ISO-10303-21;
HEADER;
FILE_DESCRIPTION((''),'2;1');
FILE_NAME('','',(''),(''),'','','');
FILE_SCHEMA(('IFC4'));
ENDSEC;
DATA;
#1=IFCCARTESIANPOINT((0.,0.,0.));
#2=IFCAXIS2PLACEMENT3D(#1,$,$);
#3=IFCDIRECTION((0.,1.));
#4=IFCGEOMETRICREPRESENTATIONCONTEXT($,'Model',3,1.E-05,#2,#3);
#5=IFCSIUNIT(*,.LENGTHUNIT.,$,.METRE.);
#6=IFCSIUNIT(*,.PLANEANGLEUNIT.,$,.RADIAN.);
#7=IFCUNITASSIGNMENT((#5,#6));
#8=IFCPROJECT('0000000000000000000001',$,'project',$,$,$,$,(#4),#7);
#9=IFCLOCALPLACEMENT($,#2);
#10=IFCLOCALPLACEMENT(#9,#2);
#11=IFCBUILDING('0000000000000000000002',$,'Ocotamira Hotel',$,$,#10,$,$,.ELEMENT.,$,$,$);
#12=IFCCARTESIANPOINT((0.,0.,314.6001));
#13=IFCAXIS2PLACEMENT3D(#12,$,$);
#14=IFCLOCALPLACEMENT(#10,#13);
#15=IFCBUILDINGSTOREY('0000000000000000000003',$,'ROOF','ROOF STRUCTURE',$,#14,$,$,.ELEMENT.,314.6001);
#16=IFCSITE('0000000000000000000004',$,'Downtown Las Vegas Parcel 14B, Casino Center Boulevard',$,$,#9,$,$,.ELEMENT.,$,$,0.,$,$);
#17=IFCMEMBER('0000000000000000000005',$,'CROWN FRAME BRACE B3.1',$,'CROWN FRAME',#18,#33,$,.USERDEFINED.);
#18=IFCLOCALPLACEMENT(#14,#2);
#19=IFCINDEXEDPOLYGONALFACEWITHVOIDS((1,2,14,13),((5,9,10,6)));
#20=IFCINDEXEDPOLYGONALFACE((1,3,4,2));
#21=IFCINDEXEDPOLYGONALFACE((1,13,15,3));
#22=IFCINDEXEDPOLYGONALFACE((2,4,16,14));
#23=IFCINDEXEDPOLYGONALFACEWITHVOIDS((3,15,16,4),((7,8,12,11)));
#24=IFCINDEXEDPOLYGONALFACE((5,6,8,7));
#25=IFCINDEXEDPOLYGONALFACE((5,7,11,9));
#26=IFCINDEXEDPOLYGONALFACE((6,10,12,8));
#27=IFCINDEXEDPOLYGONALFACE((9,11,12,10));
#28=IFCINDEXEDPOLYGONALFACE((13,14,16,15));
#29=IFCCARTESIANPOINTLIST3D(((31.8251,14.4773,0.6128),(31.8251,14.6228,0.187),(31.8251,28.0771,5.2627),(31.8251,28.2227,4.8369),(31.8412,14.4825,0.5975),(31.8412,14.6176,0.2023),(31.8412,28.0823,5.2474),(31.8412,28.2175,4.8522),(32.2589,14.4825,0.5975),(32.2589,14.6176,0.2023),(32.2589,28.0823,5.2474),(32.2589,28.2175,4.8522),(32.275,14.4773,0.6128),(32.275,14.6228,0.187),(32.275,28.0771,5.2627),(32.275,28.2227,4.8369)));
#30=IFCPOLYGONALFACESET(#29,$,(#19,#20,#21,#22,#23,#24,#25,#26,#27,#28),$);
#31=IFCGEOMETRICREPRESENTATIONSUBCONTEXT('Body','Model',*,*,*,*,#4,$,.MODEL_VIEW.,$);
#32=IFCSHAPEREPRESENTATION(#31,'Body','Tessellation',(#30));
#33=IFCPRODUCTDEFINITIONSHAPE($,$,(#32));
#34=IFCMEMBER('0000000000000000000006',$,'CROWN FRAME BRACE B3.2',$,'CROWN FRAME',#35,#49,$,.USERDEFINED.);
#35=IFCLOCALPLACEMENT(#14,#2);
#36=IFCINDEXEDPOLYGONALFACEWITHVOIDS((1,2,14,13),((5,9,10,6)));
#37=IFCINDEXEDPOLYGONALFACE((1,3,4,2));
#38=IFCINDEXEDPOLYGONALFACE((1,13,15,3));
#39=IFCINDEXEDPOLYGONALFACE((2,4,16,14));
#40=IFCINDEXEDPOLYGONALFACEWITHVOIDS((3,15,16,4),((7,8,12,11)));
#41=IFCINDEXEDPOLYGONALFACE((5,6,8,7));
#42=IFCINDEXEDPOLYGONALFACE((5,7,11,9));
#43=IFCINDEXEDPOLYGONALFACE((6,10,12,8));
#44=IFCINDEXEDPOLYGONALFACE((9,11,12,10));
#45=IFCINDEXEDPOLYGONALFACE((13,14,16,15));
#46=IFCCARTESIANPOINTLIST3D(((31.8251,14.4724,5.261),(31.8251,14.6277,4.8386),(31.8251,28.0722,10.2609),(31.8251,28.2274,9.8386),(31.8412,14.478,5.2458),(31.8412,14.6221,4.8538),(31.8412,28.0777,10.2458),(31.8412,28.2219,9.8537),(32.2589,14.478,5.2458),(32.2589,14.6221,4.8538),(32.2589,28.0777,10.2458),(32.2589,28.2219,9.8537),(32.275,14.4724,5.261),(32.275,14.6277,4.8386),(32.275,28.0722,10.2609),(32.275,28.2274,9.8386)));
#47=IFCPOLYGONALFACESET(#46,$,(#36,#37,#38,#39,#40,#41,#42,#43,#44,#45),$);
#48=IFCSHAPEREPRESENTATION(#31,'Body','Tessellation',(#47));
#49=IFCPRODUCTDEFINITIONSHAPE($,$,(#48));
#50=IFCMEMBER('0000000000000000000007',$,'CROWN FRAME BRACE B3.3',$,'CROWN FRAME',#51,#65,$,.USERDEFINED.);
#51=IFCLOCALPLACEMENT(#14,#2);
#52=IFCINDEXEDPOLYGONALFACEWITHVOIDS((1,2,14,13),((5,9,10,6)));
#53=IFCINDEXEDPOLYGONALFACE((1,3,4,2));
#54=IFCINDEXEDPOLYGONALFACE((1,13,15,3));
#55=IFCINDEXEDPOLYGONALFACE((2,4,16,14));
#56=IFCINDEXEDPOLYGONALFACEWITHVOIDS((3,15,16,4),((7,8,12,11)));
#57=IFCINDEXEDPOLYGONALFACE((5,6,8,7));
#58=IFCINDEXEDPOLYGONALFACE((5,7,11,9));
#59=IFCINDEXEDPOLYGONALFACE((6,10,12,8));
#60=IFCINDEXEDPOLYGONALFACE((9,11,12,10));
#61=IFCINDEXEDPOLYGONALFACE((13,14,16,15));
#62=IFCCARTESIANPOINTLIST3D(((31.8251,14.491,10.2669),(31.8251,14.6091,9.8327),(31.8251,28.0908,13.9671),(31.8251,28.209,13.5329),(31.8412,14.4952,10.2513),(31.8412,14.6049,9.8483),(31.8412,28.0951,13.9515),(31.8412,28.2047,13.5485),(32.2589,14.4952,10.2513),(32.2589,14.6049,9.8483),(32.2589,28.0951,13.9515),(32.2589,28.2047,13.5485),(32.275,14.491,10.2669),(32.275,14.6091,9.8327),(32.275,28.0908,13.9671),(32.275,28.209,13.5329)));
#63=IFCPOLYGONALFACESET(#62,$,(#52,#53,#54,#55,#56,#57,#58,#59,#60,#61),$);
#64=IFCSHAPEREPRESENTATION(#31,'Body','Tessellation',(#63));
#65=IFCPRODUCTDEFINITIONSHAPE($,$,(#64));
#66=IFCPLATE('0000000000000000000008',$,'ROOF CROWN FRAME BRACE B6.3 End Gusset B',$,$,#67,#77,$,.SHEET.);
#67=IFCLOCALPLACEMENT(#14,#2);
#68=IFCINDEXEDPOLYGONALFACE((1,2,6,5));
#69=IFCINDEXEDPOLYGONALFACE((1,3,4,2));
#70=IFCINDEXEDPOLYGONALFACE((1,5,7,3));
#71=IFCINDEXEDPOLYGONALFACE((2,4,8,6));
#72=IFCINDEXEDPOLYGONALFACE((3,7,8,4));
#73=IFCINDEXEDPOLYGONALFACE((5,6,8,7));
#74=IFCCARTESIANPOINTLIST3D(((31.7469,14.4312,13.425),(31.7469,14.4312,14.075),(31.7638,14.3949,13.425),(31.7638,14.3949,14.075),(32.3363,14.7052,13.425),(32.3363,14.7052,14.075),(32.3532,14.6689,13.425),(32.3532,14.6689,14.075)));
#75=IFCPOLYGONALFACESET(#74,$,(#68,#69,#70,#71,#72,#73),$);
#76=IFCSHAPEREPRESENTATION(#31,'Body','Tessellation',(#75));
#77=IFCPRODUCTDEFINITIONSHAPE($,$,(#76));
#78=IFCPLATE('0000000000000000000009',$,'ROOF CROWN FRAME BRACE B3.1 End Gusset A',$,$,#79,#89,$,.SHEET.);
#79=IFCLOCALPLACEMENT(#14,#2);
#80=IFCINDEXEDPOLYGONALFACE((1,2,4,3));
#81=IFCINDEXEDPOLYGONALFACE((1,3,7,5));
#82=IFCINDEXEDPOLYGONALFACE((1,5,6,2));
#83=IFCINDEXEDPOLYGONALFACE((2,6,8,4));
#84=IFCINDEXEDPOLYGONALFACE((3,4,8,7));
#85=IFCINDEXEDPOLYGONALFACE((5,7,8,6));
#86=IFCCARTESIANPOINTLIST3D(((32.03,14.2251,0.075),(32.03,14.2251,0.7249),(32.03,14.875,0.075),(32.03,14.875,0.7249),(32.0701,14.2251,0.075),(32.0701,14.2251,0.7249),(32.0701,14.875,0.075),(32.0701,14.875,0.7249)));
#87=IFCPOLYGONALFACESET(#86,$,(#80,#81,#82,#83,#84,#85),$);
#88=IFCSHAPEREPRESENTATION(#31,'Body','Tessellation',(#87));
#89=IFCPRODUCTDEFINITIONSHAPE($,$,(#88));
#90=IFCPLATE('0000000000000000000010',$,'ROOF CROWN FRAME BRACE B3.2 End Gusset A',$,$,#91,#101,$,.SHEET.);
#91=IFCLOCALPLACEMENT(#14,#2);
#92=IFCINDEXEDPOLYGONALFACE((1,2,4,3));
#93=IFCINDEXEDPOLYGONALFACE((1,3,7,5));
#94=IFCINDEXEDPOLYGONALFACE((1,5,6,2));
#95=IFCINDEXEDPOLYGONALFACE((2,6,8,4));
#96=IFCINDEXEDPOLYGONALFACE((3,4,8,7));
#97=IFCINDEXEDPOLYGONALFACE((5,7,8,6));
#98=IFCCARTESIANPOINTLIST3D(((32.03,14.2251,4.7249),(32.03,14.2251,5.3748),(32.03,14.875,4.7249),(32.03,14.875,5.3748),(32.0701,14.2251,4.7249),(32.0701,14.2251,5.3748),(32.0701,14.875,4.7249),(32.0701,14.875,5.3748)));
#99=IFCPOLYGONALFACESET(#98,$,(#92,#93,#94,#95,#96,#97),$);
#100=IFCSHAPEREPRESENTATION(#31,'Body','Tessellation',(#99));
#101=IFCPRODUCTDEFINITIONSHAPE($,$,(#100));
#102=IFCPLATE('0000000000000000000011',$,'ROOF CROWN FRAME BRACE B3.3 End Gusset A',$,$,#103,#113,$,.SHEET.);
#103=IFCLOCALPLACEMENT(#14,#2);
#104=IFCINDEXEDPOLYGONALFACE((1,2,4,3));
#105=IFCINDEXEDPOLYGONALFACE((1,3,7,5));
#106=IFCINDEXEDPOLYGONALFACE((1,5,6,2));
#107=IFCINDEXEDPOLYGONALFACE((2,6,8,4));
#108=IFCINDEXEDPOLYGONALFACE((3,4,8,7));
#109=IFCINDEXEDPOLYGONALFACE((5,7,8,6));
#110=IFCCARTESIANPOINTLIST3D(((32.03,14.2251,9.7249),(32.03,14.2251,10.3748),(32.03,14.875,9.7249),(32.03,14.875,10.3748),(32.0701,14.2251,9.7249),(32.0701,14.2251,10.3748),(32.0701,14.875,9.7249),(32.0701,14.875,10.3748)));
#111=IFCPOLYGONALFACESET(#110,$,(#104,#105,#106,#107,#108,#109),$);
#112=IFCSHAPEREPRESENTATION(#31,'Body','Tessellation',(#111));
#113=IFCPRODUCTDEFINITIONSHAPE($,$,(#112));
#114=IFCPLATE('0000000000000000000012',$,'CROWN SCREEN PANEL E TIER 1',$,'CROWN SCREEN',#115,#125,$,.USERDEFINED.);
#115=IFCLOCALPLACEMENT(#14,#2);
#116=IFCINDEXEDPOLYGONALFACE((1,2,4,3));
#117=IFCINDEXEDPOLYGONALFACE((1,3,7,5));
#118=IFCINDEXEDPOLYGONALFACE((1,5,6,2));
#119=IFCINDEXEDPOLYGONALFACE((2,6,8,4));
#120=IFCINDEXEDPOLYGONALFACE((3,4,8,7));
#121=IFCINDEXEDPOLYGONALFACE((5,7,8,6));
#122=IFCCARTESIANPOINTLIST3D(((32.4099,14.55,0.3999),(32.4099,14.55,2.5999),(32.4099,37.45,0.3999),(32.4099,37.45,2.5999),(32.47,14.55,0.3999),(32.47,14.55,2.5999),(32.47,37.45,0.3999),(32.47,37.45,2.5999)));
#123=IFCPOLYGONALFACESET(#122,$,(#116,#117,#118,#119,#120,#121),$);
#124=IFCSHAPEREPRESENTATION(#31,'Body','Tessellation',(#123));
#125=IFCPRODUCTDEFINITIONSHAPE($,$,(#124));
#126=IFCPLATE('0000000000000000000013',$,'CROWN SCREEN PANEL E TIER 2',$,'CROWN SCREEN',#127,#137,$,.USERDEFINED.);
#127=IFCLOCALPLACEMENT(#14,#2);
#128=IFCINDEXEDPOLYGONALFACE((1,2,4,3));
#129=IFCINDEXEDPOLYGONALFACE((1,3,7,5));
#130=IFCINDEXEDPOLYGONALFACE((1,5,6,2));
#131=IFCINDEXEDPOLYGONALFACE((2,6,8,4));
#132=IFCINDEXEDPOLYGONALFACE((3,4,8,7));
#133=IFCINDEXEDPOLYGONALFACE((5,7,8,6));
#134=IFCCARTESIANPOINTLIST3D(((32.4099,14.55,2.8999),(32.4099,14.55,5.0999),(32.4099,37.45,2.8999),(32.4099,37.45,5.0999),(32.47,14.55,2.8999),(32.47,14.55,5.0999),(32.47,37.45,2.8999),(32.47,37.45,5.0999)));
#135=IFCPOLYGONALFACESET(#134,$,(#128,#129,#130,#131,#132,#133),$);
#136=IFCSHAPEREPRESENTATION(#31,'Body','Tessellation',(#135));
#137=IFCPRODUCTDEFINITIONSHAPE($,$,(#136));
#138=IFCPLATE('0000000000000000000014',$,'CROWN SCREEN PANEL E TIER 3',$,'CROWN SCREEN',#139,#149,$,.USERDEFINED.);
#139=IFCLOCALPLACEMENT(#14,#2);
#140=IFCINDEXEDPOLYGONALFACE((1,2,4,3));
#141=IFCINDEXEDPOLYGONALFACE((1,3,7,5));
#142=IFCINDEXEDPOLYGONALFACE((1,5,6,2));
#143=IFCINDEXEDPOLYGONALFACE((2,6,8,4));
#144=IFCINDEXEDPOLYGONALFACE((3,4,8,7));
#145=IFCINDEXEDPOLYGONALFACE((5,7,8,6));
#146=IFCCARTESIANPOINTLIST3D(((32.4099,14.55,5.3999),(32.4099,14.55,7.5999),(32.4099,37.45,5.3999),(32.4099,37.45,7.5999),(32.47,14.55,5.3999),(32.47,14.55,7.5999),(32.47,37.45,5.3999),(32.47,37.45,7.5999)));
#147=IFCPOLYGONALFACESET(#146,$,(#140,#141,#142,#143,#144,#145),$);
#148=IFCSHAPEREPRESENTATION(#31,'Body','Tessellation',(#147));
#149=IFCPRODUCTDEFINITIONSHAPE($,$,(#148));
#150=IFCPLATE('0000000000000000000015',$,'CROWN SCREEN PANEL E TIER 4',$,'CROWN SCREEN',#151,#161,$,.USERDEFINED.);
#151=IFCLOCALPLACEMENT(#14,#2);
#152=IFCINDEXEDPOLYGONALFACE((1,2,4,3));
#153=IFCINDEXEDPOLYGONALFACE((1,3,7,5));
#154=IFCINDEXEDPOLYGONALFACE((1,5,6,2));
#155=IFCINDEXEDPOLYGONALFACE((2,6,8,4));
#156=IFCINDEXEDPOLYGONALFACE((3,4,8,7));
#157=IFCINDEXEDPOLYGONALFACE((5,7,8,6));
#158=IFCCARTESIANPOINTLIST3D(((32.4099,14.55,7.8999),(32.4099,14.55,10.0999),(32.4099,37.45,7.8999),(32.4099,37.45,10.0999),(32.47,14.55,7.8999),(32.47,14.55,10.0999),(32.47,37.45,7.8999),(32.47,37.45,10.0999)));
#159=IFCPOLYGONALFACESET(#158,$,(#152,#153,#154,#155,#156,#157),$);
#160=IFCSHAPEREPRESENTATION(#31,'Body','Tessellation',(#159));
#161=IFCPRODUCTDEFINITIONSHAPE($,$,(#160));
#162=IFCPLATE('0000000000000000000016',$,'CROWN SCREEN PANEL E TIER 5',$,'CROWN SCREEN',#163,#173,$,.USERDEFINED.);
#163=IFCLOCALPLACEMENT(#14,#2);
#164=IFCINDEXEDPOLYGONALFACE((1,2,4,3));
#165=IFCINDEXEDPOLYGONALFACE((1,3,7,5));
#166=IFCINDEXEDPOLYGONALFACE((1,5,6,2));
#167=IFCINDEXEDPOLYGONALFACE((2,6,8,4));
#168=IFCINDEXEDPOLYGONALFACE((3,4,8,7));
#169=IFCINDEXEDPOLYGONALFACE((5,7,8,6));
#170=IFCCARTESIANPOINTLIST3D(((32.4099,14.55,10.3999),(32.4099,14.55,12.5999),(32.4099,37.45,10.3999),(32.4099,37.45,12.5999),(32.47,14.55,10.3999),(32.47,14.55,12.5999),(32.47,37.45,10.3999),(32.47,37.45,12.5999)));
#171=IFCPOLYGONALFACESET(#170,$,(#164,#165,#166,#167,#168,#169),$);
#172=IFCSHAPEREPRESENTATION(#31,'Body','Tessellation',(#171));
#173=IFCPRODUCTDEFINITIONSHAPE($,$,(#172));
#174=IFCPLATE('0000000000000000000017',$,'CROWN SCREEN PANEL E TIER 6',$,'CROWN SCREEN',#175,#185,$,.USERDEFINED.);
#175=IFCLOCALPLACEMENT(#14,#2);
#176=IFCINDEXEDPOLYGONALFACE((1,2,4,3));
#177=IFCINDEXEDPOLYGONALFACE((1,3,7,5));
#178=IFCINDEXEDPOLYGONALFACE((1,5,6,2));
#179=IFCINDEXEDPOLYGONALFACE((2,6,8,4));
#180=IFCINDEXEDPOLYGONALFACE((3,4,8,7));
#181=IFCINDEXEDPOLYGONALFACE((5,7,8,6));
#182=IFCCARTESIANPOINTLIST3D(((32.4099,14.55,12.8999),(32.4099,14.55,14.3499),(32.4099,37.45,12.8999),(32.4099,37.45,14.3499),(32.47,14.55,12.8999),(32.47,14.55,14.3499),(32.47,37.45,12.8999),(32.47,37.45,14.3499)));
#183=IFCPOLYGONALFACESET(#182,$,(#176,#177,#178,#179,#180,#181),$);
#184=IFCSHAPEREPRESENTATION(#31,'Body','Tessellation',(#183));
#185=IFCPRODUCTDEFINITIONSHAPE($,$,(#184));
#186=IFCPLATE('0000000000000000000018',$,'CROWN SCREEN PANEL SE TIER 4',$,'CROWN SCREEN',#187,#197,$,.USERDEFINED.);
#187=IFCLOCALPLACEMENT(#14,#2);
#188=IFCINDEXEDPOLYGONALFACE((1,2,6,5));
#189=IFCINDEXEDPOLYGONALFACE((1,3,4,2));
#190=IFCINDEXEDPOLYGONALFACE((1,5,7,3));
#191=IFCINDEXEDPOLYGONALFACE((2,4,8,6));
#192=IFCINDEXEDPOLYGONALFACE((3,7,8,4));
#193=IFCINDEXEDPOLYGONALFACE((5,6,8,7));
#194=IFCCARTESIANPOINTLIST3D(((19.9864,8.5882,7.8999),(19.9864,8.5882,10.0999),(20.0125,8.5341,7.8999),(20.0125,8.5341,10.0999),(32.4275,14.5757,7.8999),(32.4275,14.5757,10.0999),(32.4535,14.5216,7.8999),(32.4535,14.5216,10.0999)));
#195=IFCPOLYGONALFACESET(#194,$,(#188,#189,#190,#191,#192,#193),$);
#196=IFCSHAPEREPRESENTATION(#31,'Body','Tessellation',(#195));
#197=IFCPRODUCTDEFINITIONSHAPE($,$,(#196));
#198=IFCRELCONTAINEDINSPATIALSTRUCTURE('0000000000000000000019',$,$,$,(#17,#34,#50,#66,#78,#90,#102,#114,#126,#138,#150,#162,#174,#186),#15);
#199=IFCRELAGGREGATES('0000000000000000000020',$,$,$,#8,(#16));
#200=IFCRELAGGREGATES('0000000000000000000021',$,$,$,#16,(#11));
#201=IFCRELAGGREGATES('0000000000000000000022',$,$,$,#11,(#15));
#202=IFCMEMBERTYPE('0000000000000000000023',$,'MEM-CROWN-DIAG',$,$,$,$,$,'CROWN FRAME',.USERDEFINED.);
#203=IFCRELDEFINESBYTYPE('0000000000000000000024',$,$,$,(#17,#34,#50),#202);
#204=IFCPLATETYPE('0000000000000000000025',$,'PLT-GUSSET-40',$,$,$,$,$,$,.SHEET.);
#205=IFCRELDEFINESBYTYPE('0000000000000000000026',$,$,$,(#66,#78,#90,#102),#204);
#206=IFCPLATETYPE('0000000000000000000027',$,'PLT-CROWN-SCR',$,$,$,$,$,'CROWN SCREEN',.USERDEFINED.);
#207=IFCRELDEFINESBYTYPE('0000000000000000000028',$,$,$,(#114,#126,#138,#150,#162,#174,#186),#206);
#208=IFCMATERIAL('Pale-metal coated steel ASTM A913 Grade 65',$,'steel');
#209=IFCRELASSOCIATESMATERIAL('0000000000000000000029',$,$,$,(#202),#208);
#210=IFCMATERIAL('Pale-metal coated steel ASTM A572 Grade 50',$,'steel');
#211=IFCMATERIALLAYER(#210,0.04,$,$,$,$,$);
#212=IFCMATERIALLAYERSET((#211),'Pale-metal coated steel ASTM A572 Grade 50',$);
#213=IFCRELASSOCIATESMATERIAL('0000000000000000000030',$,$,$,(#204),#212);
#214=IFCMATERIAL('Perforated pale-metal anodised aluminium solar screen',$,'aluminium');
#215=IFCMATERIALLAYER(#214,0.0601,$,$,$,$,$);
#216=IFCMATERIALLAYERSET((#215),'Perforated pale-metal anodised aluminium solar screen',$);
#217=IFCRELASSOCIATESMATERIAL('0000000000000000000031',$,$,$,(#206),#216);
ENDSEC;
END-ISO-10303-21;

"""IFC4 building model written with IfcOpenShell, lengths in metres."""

from ifc_helpers import new_model, si_unit, direction, frame, origin, origin_2d, place, context, subcontext, project, spatial, rectangle, hollow_rectangle, extrude, source, transform, mapped, material, layer, layer_set, material_profile, profile_set, type_object, element, save


model = new_model("IFC4")

# Units and contexts
model_context = context("Model", 3, precision=1e-05, world=origin(), true_north=direction((0.0, 1.0)))
body_context = subcontext(model_context, "Body", "Model", "MODEL_VIEW")
ifc_project = project(units=[si_unit("LENGTHUNIT", "METRE"), si_unit("PLANEANGLEUNIT", "RADIAN")], contexts=[model_context])

# Site, building, storey
site_placement = place(None, origin())
site = spatial("IfcSite", under=ifc_project, at=site_placement, Name="Downtown Las Vegas Parcel 14B, Casino Center Boulevard", CompositionType="ELEMENT", RefElevation=0.0)
building_placement = place(site_placement, origin())
building = spatial("IfcBuilding", under=site, at=building_placement, Name="Ocotamira Hotel", CompositionType="ELEMENT")
storey_placement = place(building_placement, frame((0.0, 0.0, 314.6001)))
storey = spatial("IfcBuildingStorey", under=building, at=storey_placement, Name="ROOF", Description="ROOF STRUCTURE", CompositionType="ELEMENT", Elevation=314.6001)

# Shared definitions
ifc_material_1 = material(Name="Pale-metal coated steel ASTM A913 Grade 65", Category="steel")

# Members
ifc_material_profile_1 = material_profile(ifc_material_1, hollow_rectangle(XDim=0.45, YDim=0.45, WallThickness=0.0161, at=origin_2d()), Name="HSS450X450X16")
ifc_profile_set_1 = profile_set([ifc_material_profile_1], Name="Pale-metal coated steel ASTM A913 Grade 65")
member_type = type_object("IfcMemberType", Name="MEM-CROWN-DIAG", ElementType="CROWN FRAME", PredefinedType="USERDEFINED", material=ifc_profile_set_1)
shared_shape_1 = source(origin(), body_context, "Body", "SweptSolid", [
    extrude(hollow_rectangle(XDim=0.45, YDim=0.45, WallThickness=0.0161, at=origin_2d()), origin(), (0.0, 0.0, 1.0), 14.3728),
])
member_1_placement = place(storey_placement, frame((32.05, 14.55, 0.3999), z_axis=(0.0, 0.946221, 0.323521), x_axis=(-1.0, 0.0, 0.0)))
element("IfcMember", 1, at=member_1_placement, inside=storey, type_object=member_type, Name="CROWN FRAME BRACE B3.1", ObjectType="CROWN FRAME", PredefinedType="USERDEFINED", context=body_context, shape_type="MappedRepresentation", body=[
    mapped(shared_shape_1, transform((0.0, 0.0, 0.0), scale=1.0)),
])
shared_shape_2 = source(origin(), body_context, "Body", "SweptSolid", [
    extrude(hollow_rectangle(XDim=0.45, YDim=0.45, WallThickness=0.0161, at=origin_2d()), origin(), (0.0, 0.0, 1.0), 14.4897),
])
member_2_placement = place(storey_placement, frame((32.05, 14.55, 5.0498), z_axis=(0.0, 0.938577, 0.345069), x_axis=(-1.0, 0.0, 0.0)))
element("IfcMember", 2, at=member_2_placement, inside=storey, type_object=member_type, Name="CROWN FRAME BRACE B3.2", ObjectType="CROWN FRAME", PredefinedType="USERDEFINED", context=body_context, shape_type="MappedRepresentation", body=[
    mapped(shared_shape_2, transform((0.0, 0.0, 0.0), scale=1.0)),
])
shared_shape_3 = source(origin(), body_context, "Body", "SweptSolid", [
    extrude(hollow_rectangle(XDim=0.45, YDim=0.45, WallThickness=0.0161, at=origin_2d()), origin(), (0.0, 0.0, 1.0), 14.0942),
])
member_3_placement = place(storey_placement, frame((32.05, 14.55, 10.0498), z_axis=(0.0, 0.964923, 0.262533), x_axis=(-1.0, 0.0, 0.0)))
element("IfcMember", 3, at=member_3_placement, inside=storey, type_object=member_type, Name="CROWN FRAME BRACE B3.3", ObjectType="CROWN FRAME", PredefinedType="USERDEFINED", context=body_context, shape_type="MappedRepresentation", body=[
    mapped(shared_shape_3, transform((0.0, 0.0, 0.0), scale=1.0)),
])

# Plates
ifc_material_2 = material(Name="Pale-metal coated steel ASTM A572 Grade 50", Category="steel")
ifc_layer_1 = layer(ifc_material_2, 0.04)
ifc_layer_set_1 = layer_set([ifc_layer_1], Name="Pale-metal coated steel ASTM A572 Grade 50")
plate_type_1 = type_object("IfcPlateType", Name="PLT-GUSSET-40", PredefinedType="SHEET", material=ifc_layer_set_1)
shared_shape_4 = source(origin(), body_context, "Body", "SweptSolid", [
    extrude(rectangle(XDim=0.6499, YDim=0.04, at=origin_2d()), origin(), (0.0, 0.0, 1.0), 0.6499),
])
plate_1_placement = place(storey_placement, frame((32.05, 14.55, 13.425), z_axis=(0.0, 0.0, 1.0), x_axis=(0.906823, 0.421511, 0.0)))
element("IfcPlate", 4, at=plate_1_placement, inside=storey, type_object=plate_type_1, Name="ROOF CROWN FRAME BRACE B6.3 End Gusset B", PredefinedType="SHEET", context=body_context, shape_type="MappedRepresentation", body=[
    mapped(shared_shape_4, transform((0.0, 0.0, 0.0), scale=1.0)),
])
shared_shape_5 = source(origin(), body_context, "Body", "SweptSolid", [
    extrude(rectangle(XDim=0.04, YDim=0.6499, at=origin_2d()), origin(), (0.0, 0.0, 1.0), 0.6499),
])
for number, where, z_axis, x_axis, name in (
    (5, (32.05, 14.55, 0.075), (0.0, 0.0, 1.0), (1.0, 0.0, 0.0), "ROOF CROWN FRAME BRACE B3.1 End Gusset A"),
    (6, (32.05, 14.55, 4.7249), (0.0, 0.0, 1.0), (1.0, 0.0, 0.0), "ROOF CROWN FRAME BRACE B3.2 End Gusset A"),
    (7, (32.05, 14.55, 9.7249), (0.0, 0.0, 1.0), (1.0, 0.0, 0.0), "ROOF CROWN FRAME BRACE B3.3 End Gusset A"),
):
    element("IfcPlate", number, at=place(storey_placement, frame(where, z_axis=z_axis, x_axis=x_axis)), inside=storey, type_object=plate_type_1, Name=name, PredefinedType="SHEET", context=body_context, shape_type="MappedRepresentation", body=[
        mapped(shared_shape_5, transform((0.0, 0.0, 0.0), scale=1.0)),
    ])
ifc_material_3 = material(Name="Perforated pale-metal anodised aluminium solar screen", Category="aluminium")
ifc_layer_2 = layer(ifc_material_3, 0.0601)
ifc_layer_set_2 = layer_set([ifc_layer_2], Name="Perforated pale-metal anodised aluminium solar screen")
plate_type_2 = type_object("IfcPlateType", Name="PLT-CROWN-SCR", ElementType="CROWN SCREEN", PredefinedType="USERDEFINED", material=ifc_layer_set_2)
shared_shape_6 = source(origin(), body_context, "Body", "SweptSolid", [
    extrude(rectangle(XDim=22.8999, YDim=0.0601, at=origin_2d()), origin(), (0.0, 0.0, 1.0), 2.2),
])
for number, where, z_axis, x_axis, name in (
    (8, (32.4399, 26.0, 0.3999), (0.0, 0.0, 1.0), (0.0, 1.0, 0.0), "CROWN SCREEN PANEL E TIER 1"),
    (9, (32.4399, 26.0, 2.8999), (0.0, 0.0, 1.0), (0.0, 1.0, 0.0), "CROWN SCREEN PANEL E TIER 2"),
    (10, (32.4399, 26.0, 5.3999), (0.0, 0.0, 1.0), (0.0, 1.0, 0.0), "CROWN SCREEN PANEL E TIER 3"),
    (11, (32.4399, 26.0, 7.8999), (0.0, 0.0, 1.0), (0.0, 1.0, 0.0), "CROWN SCREEN PANEL E TIER 4"),
    (12, (32.4399, 26.0, 10.3999), (0.0, 0.0, 1.0), (0.0, 1.0, 0.0), "CROWN SCREEN PANEL E TIER 5"),
):
    element("IfcPlate", number, at=place(storey_placement, frame(where, z_axis=z_axis, x_axis=x_axis)), inside=storey, type_object=plate_type_2, Name=name, ObjectType="CROWN SCREEN", PredefinedType="USERDEFINED", context=body_context, shape_type="MappedRepresentation", body=[
        mapped(shared_shape_6, transform((0.0, 0.0, 0.0), scale=1.0)),
    ])
shared_shape_7 = source(origin(), body_context, "Body", "SweptSolid", [
    extrude(rectangle(XDim=22.8999, YDim=0.0601, at=origin_2d()), origin(), (0.0, 0.0, 1.0), 1.45),
])
plate_2_placement = place(storey_placement, frame((32.4399, 26.0, 12.8999), z_axis=(0.0, 0.0, 1.0), x_axis=(0.0, 1.0, 0.0)))
element("IfcPlate", 13, at=plate_2_placement, inside=storey, type_object=plate_type_2, Name="CROWN SCREEN PANEL E TIER 6", ObjectType="CROWN SCREEN", PredefinedType="USERDEFINED", context=body_context, shape_type="MappedRepresentation", body=[
    mapped(shared_shape_7, transform((0.0, 0.0, 0.0), scale=1.0)),
])
shared_shape_8 = source(origin(), body_context, "Body", "SweptSolid", [
    extrude(rectangle(XDim=13.8069, YDim=0.0601, at=origin_2d()), origin(), (0.0, 0.0, 1.0), 2.2),
])
for number, where, z_axis, x_axis, name in (
    (14, (26.22, 11.5549, 7.8999), (0.0, 0.0, 1.0), (0.901077, 0.433659, 0.0), "CROWN SCREEN PANEL SE TIER 4"),
):
    element("IfcPlate", number, at=place(storey_placement, frame(where, z_axis=z_axis, x_axis=x_axis)), inside=storey, type_object=plate_type_2, Name=name, ObjectType="CROWN SCREEN", PredefinedType="USERDEFINED", context=body_context, shape_type="MappedRepresentation", body=[
        mapped(shared_shape_8, transform((0.0, 0.0, 0.0), scale=1.0)),
    ])

save(model, "model.ifc")
